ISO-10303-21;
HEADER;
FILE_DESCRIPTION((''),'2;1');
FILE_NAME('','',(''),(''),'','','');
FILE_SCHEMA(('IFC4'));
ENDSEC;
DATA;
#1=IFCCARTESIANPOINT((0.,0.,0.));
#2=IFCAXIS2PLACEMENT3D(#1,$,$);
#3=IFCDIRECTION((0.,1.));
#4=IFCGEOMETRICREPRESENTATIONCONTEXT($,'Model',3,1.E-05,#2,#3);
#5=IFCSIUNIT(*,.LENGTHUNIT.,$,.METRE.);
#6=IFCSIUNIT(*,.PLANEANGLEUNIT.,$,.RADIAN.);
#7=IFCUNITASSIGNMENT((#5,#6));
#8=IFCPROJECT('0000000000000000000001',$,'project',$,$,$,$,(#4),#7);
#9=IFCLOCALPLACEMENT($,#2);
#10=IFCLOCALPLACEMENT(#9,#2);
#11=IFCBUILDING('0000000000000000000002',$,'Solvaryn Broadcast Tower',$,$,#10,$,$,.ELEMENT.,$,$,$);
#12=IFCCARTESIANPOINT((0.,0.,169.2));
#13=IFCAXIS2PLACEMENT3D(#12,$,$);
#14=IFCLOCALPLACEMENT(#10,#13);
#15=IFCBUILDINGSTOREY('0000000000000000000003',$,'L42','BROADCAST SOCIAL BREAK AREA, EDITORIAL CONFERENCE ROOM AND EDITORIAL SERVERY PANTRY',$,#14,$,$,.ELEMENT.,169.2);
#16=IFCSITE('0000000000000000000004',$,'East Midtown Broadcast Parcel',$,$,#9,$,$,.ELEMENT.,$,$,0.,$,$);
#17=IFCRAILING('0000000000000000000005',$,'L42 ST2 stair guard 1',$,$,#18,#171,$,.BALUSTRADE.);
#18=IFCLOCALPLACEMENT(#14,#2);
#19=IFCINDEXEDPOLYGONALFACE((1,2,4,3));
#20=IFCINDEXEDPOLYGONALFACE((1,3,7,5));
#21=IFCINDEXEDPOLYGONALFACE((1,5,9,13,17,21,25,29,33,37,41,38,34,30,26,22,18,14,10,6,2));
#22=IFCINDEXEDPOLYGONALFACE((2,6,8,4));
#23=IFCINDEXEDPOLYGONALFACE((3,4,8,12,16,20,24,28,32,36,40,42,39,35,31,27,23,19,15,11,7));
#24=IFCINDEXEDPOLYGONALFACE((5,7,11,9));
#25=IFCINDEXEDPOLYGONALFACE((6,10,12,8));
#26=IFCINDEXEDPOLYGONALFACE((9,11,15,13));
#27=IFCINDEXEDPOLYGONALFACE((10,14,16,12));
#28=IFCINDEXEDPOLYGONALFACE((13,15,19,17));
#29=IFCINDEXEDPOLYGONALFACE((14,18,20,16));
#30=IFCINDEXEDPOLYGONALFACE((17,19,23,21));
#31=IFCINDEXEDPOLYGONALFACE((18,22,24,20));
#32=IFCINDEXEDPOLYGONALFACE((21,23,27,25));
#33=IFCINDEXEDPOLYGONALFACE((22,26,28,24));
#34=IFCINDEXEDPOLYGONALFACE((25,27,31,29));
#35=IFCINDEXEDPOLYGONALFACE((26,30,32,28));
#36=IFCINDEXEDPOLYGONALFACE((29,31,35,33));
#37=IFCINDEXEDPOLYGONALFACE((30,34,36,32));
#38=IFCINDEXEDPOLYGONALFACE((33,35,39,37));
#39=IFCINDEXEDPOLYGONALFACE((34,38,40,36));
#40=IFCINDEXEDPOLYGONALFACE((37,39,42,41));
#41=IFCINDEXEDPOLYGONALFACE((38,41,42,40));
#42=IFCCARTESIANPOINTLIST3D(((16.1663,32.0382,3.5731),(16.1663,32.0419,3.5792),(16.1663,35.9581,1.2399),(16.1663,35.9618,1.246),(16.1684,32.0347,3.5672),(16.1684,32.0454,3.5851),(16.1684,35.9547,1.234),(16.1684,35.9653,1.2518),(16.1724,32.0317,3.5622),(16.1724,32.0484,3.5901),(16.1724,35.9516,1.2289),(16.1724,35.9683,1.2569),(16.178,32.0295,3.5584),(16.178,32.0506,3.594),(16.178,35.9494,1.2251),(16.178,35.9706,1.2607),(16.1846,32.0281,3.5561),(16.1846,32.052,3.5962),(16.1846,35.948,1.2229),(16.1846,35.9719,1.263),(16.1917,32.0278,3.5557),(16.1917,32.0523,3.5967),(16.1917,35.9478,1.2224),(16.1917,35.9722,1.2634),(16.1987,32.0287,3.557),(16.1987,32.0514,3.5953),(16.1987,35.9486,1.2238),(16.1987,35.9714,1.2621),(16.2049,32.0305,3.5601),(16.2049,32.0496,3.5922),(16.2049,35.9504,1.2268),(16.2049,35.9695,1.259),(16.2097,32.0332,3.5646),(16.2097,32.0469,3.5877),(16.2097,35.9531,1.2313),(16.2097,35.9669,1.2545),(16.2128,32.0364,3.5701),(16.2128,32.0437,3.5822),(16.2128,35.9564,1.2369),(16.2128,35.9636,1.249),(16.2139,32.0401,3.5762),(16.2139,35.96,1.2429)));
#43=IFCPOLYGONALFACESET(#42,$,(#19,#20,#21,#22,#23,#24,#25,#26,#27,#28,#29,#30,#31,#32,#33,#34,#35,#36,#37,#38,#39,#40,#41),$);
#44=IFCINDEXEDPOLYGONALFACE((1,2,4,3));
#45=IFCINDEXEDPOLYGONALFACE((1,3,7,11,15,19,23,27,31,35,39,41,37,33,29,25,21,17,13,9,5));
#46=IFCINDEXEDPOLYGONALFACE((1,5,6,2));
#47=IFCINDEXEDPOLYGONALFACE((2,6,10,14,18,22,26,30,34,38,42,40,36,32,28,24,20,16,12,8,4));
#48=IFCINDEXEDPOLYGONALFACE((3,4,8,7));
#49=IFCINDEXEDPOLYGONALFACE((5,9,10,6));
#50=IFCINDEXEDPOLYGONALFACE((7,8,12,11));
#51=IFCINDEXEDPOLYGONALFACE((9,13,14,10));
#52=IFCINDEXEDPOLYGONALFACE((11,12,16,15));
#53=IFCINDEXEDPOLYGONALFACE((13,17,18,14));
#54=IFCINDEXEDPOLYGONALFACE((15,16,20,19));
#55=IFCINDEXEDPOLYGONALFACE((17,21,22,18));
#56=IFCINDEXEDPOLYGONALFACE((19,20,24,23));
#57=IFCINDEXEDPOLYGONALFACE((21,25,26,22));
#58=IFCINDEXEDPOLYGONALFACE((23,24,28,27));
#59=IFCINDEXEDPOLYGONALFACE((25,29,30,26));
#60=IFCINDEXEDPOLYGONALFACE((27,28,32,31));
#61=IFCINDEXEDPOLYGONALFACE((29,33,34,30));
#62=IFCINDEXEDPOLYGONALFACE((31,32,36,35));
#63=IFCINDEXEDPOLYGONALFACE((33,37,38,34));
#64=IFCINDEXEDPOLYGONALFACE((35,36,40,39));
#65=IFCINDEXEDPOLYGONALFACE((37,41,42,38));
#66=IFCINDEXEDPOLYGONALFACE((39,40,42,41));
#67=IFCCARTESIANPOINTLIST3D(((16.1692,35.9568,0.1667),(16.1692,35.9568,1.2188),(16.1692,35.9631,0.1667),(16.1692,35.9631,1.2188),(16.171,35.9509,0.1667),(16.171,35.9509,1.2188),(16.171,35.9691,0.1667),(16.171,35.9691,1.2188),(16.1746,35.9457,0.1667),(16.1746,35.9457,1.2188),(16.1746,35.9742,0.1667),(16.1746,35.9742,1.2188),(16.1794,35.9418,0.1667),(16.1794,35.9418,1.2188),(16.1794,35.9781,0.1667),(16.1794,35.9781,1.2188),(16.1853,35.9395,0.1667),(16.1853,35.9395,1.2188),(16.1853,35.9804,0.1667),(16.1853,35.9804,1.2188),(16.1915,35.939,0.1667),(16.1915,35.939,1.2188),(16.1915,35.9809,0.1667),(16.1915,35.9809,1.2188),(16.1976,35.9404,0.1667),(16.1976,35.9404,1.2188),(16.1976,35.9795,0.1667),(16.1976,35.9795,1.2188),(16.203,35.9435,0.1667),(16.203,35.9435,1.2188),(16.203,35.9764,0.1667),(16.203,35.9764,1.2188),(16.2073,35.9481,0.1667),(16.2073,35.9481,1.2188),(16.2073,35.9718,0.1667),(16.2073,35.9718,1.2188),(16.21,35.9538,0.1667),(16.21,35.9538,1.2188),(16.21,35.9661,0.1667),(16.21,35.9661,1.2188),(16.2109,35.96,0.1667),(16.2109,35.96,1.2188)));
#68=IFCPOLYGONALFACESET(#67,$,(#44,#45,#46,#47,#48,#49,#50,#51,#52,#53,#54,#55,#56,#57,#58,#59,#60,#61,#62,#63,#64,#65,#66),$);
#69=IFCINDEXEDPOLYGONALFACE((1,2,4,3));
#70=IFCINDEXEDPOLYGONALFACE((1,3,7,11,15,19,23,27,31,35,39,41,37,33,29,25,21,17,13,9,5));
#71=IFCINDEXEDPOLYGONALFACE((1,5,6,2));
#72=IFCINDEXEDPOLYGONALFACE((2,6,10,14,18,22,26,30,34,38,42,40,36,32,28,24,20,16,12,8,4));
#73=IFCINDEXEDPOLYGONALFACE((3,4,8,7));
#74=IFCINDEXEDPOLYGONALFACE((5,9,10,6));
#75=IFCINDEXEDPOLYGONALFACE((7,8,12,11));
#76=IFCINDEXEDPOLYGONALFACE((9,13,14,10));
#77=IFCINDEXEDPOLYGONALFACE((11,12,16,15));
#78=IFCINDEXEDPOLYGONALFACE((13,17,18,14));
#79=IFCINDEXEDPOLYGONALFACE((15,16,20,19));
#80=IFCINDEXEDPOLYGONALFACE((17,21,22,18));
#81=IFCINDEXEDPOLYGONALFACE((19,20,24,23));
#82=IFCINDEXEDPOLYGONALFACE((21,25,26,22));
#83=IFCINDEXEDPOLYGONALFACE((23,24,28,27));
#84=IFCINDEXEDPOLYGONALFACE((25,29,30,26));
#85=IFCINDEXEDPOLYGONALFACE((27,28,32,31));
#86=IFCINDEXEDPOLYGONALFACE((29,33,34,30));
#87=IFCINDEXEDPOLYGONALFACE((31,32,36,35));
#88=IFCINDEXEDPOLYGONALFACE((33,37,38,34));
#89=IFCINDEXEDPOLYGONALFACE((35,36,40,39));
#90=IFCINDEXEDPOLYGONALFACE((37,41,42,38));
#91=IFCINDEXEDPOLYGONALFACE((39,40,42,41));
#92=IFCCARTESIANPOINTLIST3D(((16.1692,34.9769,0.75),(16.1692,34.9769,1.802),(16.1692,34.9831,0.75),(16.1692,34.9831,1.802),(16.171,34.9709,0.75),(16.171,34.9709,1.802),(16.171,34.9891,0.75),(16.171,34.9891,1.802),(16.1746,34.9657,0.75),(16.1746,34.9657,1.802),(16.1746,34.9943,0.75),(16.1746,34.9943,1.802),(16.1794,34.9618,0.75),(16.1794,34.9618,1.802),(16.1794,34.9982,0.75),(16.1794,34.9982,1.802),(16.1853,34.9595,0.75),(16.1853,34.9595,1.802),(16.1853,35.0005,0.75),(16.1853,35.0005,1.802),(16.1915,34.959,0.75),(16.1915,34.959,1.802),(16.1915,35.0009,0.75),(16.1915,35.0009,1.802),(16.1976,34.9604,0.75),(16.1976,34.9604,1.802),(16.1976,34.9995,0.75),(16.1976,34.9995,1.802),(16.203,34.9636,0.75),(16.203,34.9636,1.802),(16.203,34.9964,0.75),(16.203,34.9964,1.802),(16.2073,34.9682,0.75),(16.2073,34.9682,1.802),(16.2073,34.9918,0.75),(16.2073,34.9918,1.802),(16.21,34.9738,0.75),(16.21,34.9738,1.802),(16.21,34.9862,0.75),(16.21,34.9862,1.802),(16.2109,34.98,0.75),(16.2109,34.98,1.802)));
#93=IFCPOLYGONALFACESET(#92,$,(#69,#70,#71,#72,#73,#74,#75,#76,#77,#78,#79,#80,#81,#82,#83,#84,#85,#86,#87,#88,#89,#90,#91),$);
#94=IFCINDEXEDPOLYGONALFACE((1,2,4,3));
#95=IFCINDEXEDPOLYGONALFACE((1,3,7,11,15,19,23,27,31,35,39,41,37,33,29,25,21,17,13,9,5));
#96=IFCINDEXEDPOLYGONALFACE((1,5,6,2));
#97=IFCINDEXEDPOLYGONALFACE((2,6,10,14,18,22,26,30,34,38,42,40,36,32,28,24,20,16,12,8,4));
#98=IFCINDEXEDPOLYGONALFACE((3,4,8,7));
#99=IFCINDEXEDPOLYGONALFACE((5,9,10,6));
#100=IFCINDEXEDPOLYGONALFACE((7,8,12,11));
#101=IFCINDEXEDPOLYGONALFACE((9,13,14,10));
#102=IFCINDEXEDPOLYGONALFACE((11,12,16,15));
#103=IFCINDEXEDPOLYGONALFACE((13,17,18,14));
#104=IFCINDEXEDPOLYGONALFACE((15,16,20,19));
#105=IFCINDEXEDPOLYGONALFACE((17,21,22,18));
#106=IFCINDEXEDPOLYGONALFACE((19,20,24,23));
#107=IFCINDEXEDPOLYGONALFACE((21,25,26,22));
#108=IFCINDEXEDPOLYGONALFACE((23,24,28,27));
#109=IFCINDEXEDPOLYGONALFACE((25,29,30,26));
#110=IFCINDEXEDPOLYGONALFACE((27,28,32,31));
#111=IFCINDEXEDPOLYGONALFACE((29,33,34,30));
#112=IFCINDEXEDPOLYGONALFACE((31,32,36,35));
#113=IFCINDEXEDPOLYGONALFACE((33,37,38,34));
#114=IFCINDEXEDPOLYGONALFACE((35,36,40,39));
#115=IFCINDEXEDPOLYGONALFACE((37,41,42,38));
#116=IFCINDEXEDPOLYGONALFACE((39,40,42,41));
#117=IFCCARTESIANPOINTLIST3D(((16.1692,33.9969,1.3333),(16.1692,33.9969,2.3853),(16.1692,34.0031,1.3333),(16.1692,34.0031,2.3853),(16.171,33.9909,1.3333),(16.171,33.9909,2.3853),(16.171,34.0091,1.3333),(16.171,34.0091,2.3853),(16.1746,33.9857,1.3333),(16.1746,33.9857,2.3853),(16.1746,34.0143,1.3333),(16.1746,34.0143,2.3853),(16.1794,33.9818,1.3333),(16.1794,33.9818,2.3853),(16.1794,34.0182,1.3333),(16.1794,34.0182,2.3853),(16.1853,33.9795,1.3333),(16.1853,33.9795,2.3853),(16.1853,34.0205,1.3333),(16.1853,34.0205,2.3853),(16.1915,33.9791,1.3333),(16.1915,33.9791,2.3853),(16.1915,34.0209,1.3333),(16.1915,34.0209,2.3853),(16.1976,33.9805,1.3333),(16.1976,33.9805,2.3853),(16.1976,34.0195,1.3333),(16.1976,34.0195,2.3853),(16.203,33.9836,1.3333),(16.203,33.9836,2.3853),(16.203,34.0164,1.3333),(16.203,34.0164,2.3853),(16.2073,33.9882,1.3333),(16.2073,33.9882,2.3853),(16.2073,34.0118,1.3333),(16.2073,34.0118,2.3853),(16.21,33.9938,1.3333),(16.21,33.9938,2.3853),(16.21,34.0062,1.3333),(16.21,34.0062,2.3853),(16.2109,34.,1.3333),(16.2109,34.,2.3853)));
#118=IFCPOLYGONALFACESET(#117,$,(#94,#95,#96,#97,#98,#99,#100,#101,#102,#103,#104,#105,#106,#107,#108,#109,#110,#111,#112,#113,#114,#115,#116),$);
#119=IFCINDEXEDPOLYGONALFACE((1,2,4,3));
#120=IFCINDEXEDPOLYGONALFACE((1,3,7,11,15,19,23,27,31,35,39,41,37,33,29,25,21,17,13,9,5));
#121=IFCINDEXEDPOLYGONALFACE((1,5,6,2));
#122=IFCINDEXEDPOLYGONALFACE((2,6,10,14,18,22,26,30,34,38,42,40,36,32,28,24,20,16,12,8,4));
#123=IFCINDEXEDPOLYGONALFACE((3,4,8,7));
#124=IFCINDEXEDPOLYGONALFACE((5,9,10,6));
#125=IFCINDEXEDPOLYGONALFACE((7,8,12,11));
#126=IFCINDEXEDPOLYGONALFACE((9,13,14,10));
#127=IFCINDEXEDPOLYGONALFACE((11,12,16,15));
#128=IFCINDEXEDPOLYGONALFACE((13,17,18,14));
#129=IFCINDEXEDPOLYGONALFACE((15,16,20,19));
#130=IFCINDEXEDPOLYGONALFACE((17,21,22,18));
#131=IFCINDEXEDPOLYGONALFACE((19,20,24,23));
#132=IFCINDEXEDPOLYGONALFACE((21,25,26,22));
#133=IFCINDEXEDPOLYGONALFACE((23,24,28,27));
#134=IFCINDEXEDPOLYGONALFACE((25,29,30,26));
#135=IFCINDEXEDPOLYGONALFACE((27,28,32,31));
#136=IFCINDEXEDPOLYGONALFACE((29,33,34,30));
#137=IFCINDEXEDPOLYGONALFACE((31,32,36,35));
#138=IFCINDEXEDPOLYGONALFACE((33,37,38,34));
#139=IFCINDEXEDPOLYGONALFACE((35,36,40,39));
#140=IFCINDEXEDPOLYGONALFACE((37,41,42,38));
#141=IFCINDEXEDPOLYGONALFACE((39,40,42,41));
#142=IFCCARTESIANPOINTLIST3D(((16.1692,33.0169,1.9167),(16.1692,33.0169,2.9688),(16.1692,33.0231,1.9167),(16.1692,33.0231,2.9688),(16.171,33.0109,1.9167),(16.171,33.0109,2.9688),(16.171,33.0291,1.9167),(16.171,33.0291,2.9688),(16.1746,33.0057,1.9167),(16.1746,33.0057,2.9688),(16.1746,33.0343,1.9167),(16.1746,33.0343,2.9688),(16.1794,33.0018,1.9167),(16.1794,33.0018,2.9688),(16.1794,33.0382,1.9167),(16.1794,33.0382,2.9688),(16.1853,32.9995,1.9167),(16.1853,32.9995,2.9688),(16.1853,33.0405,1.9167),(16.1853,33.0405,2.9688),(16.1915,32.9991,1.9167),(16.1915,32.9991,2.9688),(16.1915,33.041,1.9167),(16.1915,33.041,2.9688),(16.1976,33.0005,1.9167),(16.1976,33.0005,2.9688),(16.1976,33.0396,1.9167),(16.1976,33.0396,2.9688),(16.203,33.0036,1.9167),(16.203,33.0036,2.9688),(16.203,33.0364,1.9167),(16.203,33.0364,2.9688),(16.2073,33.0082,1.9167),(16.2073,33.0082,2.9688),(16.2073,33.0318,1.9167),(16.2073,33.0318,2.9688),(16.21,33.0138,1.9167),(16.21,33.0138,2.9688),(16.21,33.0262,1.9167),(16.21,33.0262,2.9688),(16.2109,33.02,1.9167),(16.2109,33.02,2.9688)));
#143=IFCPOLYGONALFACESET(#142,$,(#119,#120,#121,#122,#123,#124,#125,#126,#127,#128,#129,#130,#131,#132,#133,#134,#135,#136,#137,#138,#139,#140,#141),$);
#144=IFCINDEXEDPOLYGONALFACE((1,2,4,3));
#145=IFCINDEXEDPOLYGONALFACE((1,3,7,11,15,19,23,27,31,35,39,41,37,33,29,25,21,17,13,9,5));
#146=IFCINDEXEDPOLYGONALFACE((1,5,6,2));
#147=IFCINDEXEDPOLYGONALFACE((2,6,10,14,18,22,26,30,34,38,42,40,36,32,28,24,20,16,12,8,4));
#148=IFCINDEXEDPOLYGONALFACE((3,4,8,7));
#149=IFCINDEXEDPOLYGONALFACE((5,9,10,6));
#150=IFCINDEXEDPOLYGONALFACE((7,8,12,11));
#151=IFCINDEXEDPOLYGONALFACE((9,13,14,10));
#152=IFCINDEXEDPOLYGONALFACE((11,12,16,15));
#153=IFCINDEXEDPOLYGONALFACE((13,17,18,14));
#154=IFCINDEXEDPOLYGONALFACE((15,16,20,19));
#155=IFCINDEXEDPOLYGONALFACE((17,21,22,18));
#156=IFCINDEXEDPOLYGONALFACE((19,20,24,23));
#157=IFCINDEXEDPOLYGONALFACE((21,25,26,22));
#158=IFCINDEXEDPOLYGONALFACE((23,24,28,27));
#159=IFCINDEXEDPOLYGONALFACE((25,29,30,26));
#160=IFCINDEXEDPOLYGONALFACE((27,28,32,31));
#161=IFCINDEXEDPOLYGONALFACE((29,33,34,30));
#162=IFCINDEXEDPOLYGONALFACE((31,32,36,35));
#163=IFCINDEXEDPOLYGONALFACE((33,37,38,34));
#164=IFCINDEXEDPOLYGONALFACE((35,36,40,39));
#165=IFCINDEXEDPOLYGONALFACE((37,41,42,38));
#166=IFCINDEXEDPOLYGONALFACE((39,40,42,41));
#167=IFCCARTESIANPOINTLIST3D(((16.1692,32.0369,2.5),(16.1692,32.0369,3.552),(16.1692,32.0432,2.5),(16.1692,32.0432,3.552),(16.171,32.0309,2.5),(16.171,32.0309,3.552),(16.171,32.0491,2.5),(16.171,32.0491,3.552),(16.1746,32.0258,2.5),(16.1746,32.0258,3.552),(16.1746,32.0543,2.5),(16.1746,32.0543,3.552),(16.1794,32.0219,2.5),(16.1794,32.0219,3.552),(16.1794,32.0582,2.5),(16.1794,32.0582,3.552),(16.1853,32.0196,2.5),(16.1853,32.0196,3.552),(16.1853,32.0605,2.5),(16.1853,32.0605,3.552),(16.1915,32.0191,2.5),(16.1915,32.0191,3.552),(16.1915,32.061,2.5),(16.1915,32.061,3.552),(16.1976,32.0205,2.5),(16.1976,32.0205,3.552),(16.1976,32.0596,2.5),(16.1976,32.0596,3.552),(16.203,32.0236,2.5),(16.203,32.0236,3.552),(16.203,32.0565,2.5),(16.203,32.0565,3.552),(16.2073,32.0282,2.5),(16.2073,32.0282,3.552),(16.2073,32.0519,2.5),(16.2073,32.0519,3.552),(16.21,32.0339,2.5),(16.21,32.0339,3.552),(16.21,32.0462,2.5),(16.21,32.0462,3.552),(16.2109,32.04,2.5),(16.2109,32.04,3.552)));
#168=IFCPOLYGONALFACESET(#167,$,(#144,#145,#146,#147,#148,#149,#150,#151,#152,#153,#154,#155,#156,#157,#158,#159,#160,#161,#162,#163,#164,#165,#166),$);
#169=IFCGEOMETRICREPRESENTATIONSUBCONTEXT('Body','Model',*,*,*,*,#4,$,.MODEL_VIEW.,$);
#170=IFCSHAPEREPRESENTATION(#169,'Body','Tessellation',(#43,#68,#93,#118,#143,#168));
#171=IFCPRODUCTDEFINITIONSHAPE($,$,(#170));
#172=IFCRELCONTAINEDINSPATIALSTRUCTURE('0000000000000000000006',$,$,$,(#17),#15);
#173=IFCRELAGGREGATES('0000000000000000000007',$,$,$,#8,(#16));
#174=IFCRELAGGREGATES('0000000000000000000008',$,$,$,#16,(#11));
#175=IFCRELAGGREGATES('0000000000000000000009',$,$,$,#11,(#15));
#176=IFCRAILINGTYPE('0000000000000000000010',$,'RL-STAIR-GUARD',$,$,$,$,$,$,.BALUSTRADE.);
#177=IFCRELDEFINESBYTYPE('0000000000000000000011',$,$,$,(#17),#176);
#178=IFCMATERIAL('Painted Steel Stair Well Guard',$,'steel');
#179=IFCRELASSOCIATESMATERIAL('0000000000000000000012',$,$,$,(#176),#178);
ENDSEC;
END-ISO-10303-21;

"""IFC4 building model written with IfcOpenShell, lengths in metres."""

from ifc_helpers import new_model, si_unit, direction, frame, origin, origin_2d, place, context, subcontext, project, spatial, circle, extrude, material, type_object, element, save


model = new_model("IFC4")

# Units and contexts
model_context = context("Model", 3, precision=1e-05, world=origin(), true_north=direction((0.0, 1.0)))
body_context = subcontext(model_context, "Body", "Model", "MODEL_VIEW")
ifc_project = project(units=[si_unit("LENGTHUNIT", "METRE"), si_unit("PLANEANGLEUNIT", "RADIAN")], contexts=[model_context])

# Site, building, storey
site_placement = place(None, origin())
site = spatial("IfcSite", under=ifc_project, at=site_placement, Name="East Midtown Broadcast Parcel", CompositionType="ELEMENT", RefElevation=0.0)
building_placement = place(site_placement, origin())
building = spatial("IfcBuilding", under=site, at=building_placement, Name="Solvaryn Broadcast Tower", CompositionType="ELEMENT")
storey_placement = place(building_placement, frame((0.0, 0.0, 169.2)))
storey = spatial("IfcBuildingStorey", under=building, at=storey_placement, Name="L42", Description="BROADCAST SOCIAL BREAK AREA, EDITORIAL CONFERENCE ROOM AND EDITORIAL SERVERY PANTRY", CompositionType="ELEMENT", Elevation=169.2)

# Railing
ifc_material_1 = material(Name="Painted Steel Stair Well Guard", Category="steel")
railing_type_1 = type_object("IfcRailingType", Name="RL-STAIR-GUARD", PredefinedType="BALUSTRADE", material=ifc_material_1)
railing_1_placement = place(storey_placement, frame((16.1899, 35.96, 0.1667)))
element("IfcRailing", 1, at=railing_1_placement, inside=storey, type_object=railing_type_1, Name="L42 ST2 stair guard 1", PredefinedType="BALUSTRADE", context=body_context, shape_type="SweptSolid", body=[
    extrude(circle(Radius=0.0239, at=origin_2d()), frame((0.0, 0.0, 1.0762), z_axis=(0.0, -0.859296, 0.511478), x_axis=(1.0, 0.0, 0.0)), (0.0, 0.0, 1.0), 4.5618),
    extrude(circle(Radius=0.021, at=origin_2d()), origin(), (0.0, 0.0, 1.0), 1.052),
    extrude(circle(Radius=0.021, at=origin_2d()), frame((0.0, -0.98, 0.5833)), (0.0, 0.0, 1.0), 1.052),
    extrude(circle(Radius=0.021, at=origin_2d()), frame((0.0, -1.96, 1.1665)), (0.0, 0.0, 1.0), 1.052),
    extrude(circle(Radius=0.021, at=origin_2d()), frame((0.0, -2.9399, 1.75)), (0.0, 0.0, 1.0), 1.052),
    extrude(circle(Radius=0.021, at=origin_2d()), frame((0.0, -3.9199, 2.3333)), (0.0, 0.0, 1.0), 1.052),
])

save(model, "model.ifc")
